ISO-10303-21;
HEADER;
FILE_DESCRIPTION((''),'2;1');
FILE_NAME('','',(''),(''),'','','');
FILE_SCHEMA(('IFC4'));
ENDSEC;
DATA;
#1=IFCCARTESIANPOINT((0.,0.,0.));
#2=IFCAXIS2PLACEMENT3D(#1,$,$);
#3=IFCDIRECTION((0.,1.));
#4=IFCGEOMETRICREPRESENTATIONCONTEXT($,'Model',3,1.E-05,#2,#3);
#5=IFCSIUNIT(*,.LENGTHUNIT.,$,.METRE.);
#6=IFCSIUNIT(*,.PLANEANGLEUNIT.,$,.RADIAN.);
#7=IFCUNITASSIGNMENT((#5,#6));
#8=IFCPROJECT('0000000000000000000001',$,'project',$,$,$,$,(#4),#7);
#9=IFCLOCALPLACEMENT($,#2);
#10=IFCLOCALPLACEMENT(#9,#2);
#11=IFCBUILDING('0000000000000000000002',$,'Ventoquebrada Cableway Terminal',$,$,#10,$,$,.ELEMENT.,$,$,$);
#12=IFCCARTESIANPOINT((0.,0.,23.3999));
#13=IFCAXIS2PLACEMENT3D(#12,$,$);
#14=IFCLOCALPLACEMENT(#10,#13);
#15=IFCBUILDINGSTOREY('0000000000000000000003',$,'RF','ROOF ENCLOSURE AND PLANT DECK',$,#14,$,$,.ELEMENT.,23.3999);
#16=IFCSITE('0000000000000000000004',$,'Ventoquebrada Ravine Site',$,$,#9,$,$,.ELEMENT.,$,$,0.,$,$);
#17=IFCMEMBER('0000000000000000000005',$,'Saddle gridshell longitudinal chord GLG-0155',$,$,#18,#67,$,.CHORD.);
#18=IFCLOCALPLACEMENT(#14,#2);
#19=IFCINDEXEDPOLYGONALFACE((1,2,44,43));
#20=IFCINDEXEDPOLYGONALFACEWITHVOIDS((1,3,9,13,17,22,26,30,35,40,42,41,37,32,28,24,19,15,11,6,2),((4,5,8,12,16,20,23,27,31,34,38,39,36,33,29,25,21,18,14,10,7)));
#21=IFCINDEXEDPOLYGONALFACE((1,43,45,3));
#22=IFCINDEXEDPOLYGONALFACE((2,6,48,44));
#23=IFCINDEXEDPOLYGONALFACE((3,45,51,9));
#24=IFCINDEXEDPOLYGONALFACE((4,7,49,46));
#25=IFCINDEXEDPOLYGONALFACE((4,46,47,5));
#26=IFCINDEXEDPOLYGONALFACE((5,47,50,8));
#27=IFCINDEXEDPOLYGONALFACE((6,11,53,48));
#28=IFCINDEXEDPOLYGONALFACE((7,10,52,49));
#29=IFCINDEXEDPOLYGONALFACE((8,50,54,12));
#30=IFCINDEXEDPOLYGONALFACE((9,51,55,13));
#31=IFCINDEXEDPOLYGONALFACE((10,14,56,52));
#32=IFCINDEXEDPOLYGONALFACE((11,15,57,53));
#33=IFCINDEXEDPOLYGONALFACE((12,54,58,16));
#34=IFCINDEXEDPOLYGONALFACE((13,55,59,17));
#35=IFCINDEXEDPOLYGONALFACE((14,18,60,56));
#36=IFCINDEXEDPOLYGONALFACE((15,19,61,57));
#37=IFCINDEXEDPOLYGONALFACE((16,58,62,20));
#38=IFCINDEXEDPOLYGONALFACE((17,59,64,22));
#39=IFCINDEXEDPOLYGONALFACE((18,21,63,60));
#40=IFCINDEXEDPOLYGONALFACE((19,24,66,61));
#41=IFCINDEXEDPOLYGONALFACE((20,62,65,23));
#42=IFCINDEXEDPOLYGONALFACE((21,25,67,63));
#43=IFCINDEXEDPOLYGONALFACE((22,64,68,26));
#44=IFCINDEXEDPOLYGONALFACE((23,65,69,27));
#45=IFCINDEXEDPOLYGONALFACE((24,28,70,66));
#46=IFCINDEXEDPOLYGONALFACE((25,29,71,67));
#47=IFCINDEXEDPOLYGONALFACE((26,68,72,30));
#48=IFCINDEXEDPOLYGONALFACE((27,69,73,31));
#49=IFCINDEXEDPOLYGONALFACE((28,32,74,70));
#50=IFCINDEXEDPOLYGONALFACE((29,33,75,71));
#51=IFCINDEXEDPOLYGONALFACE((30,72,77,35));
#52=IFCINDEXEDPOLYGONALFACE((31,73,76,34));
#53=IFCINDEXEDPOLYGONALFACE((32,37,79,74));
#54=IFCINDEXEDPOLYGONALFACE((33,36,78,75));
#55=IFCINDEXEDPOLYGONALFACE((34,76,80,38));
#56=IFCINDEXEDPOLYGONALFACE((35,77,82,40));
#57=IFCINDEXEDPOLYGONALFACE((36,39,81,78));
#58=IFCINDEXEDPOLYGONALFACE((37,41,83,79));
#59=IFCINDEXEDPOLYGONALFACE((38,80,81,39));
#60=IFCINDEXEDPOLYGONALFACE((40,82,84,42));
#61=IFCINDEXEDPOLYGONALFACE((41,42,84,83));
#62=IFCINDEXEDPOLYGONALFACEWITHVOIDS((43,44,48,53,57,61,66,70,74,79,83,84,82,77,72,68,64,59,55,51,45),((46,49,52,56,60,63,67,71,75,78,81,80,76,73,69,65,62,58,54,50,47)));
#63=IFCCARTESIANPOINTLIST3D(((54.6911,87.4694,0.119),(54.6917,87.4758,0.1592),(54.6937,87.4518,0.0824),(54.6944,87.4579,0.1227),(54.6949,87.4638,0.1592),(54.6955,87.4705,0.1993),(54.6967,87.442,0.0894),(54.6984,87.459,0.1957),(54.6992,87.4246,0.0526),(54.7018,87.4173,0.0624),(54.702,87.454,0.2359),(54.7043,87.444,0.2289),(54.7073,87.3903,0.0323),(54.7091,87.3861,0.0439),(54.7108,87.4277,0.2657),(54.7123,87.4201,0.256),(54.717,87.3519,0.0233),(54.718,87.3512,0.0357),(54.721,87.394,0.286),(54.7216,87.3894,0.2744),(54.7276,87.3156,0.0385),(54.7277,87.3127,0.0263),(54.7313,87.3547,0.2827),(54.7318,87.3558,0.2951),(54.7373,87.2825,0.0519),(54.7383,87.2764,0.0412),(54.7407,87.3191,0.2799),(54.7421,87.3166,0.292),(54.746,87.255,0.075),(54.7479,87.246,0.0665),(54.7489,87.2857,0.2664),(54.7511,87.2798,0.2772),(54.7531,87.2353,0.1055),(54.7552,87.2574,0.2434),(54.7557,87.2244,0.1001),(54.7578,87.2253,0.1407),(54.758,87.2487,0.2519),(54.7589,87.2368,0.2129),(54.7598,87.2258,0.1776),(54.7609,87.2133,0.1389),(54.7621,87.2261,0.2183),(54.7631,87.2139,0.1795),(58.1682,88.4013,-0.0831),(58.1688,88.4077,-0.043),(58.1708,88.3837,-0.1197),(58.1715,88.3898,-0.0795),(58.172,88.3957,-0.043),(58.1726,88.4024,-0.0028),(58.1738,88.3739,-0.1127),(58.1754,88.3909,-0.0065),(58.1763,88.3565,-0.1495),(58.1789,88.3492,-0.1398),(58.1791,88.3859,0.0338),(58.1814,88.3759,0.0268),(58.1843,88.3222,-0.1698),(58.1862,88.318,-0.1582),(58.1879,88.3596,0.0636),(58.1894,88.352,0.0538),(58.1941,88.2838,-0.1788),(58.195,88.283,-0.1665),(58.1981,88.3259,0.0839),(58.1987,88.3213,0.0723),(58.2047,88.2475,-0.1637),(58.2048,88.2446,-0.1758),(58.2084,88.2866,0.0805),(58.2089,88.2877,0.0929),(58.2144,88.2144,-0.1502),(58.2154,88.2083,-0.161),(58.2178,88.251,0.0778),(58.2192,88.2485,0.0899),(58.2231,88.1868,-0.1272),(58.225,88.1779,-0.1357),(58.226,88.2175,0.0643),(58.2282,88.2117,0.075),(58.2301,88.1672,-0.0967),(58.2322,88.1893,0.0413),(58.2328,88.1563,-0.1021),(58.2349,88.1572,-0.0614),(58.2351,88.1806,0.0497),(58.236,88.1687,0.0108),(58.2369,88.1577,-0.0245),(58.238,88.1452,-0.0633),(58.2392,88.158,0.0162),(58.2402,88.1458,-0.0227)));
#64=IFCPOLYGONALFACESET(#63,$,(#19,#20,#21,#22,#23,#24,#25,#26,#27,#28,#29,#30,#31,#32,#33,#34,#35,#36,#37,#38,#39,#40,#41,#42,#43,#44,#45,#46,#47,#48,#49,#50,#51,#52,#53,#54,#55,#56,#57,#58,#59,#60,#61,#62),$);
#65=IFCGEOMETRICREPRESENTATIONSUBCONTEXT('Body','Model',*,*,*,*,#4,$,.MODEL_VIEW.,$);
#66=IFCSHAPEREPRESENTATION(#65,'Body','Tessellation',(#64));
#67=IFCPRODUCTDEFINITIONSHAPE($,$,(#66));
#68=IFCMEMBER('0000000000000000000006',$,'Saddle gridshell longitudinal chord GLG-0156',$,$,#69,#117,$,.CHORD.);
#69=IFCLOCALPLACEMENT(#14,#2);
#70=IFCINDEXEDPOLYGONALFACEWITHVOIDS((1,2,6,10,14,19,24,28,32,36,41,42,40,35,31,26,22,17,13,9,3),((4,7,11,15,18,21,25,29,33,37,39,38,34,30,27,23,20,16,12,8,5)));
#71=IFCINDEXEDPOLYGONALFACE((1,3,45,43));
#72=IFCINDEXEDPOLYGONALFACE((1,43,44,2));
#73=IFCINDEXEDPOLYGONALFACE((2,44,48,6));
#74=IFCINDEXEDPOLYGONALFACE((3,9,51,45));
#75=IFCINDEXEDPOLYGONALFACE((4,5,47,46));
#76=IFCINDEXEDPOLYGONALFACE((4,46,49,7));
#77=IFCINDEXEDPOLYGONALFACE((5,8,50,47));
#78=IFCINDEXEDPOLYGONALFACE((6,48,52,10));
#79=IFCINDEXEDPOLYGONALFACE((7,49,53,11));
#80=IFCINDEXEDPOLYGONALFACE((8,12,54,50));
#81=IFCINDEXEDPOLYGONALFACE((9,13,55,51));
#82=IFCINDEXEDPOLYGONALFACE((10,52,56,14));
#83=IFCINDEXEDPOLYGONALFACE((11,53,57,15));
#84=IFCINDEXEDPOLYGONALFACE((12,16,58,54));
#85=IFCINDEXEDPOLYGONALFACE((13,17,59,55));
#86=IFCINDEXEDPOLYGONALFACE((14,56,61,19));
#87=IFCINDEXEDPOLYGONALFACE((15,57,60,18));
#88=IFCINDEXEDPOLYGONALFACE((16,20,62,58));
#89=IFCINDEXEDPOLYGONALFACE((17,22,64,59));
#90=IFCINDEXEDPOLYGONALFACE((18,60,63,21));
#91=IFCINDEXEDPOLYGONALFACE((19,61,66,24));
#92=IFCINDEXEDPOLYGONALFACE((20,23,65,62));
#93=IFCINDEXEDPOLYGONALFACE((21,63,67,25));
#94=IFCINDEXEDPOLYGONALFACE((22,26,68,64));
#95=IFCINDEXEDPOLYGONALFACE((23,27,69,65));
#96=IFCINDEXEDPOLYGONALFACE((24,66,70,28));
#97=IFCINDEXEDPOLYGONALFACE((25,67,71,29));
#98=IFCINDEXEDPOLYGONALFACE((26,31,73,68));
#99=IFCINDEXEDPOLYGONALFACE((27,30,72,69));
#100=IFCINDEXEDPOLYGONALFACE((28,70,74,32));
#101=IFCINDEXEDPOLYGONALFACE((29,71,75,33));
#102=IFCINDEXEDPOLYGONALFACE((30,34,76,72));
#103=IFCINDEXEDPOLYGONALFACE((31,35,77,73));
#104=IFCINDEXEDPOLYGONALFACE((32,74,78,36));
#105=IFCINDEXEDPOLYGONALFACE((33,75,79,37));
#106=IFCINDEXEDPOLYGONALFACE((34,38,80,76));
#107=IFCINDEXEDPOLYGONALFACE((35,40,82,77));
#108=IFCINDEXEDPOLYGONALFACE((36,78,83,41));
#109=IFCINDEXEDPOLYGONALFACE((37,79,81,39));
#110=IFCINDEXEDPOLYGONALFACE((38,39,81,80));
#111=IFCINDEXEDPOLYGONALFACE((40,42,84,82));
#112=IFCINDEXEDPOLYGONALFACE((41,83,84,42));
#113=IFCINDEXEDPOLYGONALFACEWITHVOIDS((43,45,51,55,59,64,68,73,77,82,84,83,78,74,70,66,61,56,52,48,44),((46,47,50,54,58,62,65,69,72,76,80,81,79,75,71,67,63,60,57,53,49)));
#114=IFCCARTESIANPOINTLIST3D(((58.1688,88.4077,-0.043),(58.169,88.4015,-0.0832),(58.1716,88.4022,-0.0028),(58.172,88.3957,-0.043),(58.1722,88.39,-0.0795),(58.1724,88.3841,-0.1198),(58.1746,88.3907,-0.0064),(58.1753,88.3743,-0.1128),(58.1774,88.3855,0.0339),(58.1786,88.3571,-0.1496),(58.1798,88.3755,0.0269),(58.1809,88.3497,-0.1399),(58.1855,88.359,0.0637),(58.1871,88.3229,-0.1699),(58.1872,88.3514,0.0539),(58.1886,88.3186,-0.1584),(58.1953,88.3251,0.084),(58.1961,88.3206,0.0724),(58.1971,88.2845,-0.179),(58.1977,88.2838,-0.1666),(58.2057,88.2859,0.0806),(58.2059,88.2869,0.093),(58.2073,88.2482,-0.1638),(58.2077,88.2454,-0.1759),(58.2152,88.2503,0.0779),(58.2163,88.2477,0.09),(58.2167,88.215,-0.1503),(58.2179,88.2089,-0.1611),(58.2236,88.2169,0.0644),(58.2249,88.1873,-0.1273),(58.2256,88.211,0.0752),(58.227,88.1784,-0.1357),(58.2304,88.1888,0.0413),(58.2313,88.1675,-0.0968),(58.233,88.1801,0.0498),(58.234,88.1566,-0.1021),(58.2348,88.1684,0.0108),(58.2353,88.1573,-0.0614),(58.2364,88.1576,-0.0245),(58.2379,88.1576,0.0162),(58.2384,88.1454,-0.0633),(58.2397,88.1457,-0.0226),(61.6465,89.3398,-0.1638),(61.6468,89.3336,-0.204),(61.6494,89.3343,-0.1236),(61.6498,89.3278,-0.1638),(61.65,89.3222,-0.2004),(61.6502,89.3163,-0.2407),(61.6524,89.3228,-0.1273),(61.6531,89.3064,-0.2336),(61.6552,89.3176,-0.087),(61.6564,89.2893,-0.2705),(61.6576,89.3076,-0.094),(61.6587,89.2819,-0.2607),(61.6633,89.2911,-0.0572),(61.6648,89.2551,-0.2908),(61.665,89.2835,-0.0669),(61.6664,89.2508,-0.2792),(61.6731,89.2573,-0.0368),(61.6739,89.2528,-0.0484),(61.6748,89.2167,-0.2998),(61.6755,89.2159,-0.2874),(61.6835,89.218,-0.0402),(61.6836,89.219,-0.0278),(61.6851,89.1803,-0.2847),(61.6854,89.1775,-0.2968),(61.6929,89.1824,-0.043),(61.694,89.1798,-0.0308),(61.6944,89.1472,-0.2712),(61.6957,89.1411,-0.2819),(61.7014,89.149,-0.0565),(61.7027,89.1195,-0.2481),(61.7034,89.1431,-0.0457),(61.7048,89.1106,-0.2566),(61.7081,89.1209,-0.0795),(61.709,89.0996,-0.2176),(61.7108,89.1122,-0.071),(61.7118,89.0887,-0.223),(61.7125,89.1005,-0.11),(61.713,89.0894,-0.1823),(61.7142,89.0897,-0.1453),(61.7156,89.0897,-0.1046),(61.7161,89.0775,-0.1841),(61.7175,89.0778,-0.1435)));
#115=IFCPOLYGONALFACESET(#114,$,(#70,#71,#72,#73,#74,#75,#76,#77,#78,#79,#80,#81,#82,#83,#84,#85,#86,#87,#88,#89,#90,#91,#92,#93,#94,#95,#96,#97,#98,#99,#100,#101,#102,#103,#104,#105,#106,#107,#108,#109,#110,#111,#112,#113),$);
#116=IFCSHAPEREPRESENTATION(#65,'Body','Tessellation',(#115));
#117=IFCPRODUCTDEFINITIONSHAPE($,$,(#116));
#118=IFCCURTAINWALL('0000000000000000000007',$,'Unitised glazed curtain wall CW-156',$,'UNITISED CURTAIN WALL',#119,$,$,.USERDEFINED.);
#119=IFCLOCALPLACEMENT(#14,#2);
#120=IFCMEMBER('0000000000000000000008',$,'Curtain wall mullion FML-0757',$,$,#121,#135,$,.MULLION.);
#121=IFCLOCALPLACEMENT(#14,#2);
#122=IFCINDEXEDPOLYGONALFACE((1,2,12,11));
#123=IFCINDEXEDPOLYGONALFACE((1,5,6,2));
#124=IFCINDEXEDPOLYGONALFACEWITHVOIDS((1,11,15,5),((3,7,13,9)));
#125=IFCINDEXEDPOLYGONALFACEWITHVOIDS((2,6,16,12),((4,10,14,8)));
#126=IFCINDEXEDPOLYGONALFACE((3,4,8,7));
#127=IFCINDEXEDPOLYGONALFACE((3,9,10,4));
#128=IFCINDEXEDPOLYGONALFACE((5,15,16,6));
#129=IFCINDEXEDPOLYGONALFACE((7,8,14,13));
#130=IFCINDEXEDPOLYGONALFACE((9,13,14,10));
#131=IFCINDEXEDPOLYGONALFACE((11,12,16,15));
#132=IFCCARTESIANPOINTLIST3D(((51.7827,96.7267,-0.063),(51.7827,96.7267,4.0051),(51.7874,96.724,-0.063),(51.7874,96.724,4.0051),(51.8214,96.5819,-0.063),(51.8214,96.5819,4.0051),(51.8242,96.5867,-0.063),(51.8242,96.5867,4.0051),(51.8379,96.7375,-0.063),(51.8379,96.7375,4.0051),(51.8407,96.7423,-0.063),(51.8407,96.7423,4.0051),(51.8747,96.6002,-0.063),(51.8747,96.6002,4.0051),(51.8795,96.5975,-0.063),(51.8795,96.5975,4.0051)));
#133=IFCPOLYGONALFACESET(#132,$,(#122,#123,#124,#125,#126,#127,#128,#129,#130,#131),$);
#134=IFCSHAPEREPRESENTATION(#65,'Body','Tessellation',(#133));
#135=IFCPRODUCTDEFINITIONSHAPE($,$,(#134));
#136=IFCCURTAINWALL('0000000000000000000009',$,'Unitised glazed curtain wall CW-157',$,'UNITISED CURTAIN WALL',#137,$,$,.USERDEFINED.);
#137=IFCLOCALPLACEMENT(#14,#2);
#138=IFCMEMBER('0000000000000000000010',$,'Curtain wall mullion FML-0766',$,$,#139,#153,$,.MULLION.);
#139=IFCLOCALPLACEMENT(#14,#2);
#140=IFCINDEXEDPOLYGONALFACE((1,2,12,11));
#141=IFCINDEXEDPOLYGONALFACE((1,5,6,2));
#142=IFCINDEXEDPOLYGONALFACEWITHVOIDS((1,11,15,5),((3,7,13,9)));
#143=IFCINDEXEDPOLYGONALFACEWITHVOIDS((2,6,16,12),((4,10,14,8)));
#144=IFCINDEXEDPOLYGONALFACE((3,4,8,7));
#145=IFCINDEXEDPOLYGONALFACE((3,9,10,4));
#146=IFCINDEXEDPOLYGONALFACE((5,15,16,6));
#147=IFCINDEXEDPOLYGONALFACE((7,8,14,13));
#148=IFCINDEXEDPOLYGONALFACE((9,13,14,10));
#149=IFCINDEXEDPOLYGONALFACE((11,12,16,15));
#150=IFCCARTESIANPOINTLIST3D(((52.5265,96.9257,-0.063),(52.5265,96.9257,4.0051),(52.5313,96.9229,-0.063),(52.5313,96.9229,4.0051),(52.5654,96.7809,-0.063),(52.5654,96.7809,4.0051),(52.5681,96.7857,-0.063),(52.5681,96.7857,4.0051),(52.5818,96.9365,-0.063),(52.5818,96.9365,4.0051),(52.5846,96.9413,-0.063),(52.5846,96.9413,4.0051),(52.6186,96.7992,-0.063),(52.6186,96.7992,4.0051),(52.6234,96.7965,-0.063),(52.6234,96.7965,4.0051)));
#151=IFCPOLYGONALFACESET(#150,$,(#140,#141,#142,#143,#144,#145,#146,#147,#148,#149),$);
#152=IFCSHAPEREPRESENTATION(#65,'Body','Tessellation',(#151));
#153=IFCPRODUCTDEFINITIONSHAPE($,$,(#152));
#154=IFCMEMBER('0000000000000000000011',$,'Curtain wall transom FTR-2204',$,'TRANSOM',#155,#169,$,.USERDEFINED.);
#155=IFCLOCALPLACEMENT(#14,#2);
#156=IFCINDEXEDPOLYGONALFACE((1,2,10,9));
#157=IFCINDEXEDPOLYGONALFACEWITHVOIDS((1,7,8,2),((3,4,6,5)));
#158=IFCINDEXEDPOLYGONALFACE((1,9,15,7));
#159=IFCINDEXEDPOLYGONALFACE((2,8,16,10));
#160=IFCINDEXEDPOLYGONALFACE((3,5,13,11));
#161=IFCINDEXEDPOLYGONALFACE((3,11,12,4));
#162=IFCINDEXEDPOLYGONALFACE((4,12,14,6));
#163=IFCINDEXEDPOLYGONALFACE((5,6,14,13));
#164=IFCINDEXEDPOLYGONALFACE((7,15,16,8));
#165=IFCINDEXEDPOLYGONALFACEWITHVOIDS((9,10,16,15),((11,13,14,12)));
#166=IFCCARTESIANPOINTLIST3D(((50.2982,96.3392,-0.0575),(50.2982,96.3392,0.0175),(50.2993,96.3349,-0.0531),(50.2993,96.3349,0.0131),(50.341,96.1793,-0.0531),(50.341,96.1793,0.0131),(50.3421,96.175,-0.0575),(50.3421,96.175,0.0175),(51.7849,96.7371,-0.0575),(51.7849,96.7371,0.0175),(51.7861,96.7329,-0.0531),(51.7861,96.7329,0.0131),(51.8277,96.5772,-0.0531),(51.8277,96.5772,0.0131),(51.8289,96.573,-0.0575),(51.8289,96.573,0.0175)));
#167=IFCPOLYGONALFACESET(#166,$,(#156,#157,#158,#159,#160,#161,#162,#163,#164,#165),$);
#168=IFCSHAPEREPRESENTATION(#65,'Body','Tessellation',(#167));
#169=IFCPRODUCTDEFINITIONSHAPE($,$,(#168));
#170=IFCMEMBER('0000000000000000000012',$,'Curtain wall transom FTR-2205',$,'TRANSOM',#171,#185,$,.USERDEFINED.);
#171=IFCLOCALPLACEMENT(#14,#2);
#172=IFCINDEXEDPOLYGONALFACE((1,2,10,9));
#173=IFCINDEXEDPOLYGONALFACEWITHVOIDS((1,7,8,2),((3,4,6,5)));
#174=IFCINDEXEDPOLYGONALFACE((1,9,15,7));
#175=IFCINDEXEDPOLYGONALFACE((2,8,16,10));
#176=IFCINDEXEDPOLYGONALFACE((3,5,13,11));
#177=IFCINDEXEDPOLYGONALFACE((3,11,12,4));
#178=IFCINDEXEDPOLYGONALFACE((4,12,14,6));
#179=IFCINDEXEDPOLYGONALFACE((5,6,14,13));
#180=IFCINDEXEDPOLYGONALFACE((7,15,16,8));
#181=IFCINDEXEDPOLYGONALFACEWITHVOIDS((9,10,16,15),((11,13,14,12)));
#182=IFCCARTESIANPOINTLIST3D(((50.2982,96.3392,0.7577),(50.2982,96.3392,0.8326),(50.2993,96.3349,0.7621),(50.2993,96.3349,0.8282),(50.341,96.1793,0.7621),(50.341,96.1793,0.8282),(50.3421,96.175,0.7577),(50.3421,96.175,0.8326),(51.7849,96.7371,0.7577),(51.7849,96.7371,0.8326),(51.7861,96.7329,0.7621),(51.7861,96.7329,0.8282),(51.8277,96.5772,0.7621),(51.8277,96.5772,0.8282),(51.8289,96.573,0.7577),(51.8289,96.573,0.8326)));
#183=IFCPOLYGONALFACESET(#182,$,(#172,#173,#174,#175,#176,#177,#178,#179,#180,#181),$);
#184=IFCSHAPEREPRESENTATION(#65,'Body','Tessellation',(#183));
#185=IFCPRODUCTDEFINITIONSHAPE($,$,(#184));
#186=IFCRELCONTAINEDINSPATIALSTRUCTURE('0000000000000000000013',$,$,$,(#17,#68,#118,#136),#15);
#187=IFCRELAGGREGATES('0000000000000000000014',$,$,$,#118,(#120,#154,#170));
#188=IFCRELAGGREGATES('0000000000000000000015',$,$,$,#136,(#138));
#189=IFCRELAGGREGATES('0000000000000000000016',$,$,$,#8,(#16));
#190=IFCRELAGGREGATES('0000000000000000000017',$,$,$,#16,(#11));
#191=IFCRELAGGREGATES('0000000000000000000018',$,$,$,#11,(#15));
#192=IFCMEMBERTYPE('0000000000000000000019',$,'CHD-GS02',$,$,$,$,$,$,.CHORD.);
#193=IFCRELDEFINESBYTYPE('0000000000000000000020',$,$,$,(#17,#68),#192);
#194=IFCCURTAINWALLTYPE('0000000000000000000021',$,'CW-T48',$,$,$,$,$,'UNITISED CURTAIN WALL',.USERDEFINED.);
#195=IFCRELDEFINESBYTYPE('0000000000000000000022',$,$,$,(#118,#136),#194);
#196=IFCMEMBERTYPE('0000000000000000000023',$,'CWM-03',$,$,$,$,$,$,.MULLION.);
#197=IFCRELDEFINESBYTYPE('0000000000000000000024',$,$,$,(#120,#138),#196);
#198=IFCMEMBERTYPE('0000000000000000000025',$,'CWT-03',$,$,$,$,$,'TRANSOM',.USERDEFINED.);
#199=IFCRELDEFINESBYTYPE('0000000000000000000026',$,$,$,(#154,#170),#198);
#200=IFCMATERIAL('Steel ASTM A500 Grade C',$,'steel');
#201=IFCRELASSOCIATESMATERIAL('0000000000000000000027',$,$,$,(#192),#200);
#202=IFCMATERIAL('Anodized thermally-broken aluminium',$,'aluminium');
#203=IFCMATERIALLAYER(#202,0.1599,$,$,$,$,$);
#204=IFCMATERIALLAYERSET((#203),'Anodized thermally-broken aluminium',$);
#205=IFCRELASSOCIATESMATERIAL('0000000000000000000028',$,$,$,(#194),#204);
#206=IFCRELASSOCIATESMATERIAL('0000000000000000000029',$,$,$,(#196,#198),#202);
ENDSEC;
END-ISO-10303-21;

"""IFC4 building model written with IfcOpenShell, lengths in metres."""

from ifc_helpers import new_model, si_unit, direction, frame, origin, origin_2d, place, context, subcontext, project, spatial, hollow_rectangle, hollow_circle, extrude, material, layer, layer_set, material_profile, profile_set, type_object, element, aggregate, save


model = new_model("IFC4")

# Units and contexts
model_context = context("Model", 3, precision=1e-05, world=origin(), true_north=direction((0.0, 1.0)))
body_context = subcontext(model_context, "Body", "Model", "MODEL_VIEW")
ifc_project = project(units=[si_unit("LENGTHUNIT", "METRE"), si_unit("PLANEANGLEUNIT", "RADIAN")], contexts=[model_context])

# Site, building, storey
site_placement = place(None, origin())
site = spatial("IfcSite", under=ifc_project, at=site_placement, Name="Ventoquebrada Ravine Site", CompositionType="ELEMENT", RefElevation=0.0)
building_placement = place(site_placement, origin())
building = spatial("IfcBuilding", under=site, at=building_placement, Name="Ventoquebrada Cableway Terminal", CompositionType="ELEMENT")
storey_placement = place(building_placement, frame((0.0, 0.0, 23.3999)))
storey = spatial("IfcBuildingStorey", under=building, at=storey_placement, Name="RF", Description="ROOF ENCLOSURE AND PLANT DECK", CompositionType="ELEMENT", Elevation=23.3999)

# Members
ifc_material_1 = material(Name="Steel ASTM A500 Grade C", Category="steel")
ifc_material_profile_1 = material_profile(ifc_material_1, hollow_circle(Radius=0.1365, WallThickness=0.0125, at=origin_2d()), Name="CHS273.0X12.5")
ifc_profile_set_1 = profile_set([ifc_material_profile_1], Name="Steel ASTM A500 Grade C")
member_type_1 = type_object("IfcMemberType", Name="CHD-GS02", PredefinedType="CHORD", material=ifc_profile_set_1)
member_1_placement = place(storey_placement, frame((54.7271, 87.344, 0.1592), z_axis=(0.964392, 0.258467, -0.056068), x_axis=(-0.258874, 0.965911, 0.0)))
element("IfcMember", 1, at=member_1_placement, inside=storey, type_object=member_type_1, Name="Saddle gridshell longitudinal chord GLG-0155", PredefinedType="CHORD", context=body_context, shape_type="SweptSolid", body=[
    extrude(hollow_circle(Radius=0.1365, WallThickness=0.0125, at=origin_2d()), origin(), (0.0, 0.0, 1.0), 3.6055),
])
member_2_placement = place(storey_placement, frame((58.2041, 88.2759, -0.043), z_axis=(0.965364, 0.258741, -0.033545), x_axis=(-0.258886, 0.965908, 0.0)))
element("IfcMember", 2, at=member_2_placement, inside=storey, type_object=member_type_1, Name="Saddle gridshell longitudinal chord GLG-0156", PredefinedType="CHORD", context=body_context, shape_type="SweptSolid", body=[
    extrude(hollow_circle(Radius=0.1365, WallThickness=0.0125, at=origin_2d()), origin(), (0.0, 0.0, 1.0), 3.6025),
])

# Curtain walls, members
ifc_material_2 = material(Name="Anodized thermally-broken aluminium", Category="aluminium")
ifc_layer_1 = layer(ifc_material_2, 0.1599)
ifc_layer_set_1 = layer_set([ifc_layer_1], Name="Anodized thermally-broken aluminium")
curtain_wall_type = type_object("IfcCurtainWallType", Name="CW-T48", ElementType="UNITISED CURTAIN WALL", PredefinedType="USERDEFINED", material=ifc_layer_set_1)
curtain_wall_1_placement = place(storey_placement, origin())
curtain_wall_1 = element("IfcCurtainWall", 3, at=curtain_wall_1_placement, inside=storey, type_object=curtain_wall_type, Name="Unitised glazed curtain wall CW-156", ObjectType="UNITISED CURTAIN WALL", PredefinedType="USERDEFINED")
ifc_material_profile_2 = material_profile(ifc_material_2, hollow_rectangle(XDim=0.0601, YDim=0.1499, WallThickness=0.0039, at=origin_2d()), Name="CW-MUL-60X150")
ifc_profile_set_2 = profile_set([ifc_material_profile_2], Name="Anodized thermally-broken aluminium")
member_type_2 = type_object("IfcMemberType", Name="CWM-03", PredefinedType="MULLION", material=ifc_profile_set_2)
member_3_placement = place(storey_placement, frame((51.8311, 96.6621, -0.063), z_axis=(0.0, 0.0, 1.0), x_axis=(-0.965935, -0.258785, 0.0)))
member_3 = element("IfcMember", 4, at=member_3_placement, type_object=member_type_2, Name="Curtain wall mullion FML-0757", PredefinedType="MULLION", context=body_context, shape_type="SweptSolid", body=[
    extrude(hollow_rectangle(XDim=0.0601, YDim=0.1499, WallThickness=0.0039, at=origin_2d()), origin(), (0.0, 0.0, 1.0), 4.0681),
])
curtain_wall_2_placement = place(storey_placement, origin())
curtain_wall_2 = element("IfcCurtainWall", 5, at=curtain_wall_2_placement, inside=storey, type_object=curtain_wall_type, Name="Unitised glazed curtain wall CW-157", ObjectType="UNITISED CURTAIN WALL", PredefinedType="USERDEFINED")
member_4_placement = place(storey_placement, frame((52.575, 96.8611, -0.063), z_axis=(0.0, 0.0, 1.0), x_axis=(-0.965903, -0.258903, 0.0)))
member_4 = element("IfcMember", 6, at=member_4_placement, type_object=member_type_2, Name="Curtain wall mullion FML-0766", PredefinedType="MULLION", context=body_context, shape_type="SweptSolid", body=[
    extrude(hollow_rectangle(XDim=0.0601, YDim=0.1499, WallThickness=0.0039, at=origin_2d()), origin(), (0.0, 0.0, 1.0), 4.0681),
])

# Members
ifc_material_profile_3 = material_profile(ifc_material_2, hollow_rectangle(XDim=0.075, YDim=0.1699, WallThickness=0.0044, at=origin_2d()), Name="CW-TRN-75X170")
ifc_profile_set_3 = profile_set([ifc_material_profile_3], Name="Anodized thermally-broken aluminium")
member_type_3 = type_object("IfcMemberType", Name="CWT-03", ElementType="TRANSOM", PredefinedType="USERDEFINED", material=ifc_profile_set_3)
member_5_placement = place(storey_placement, frame((51.8069, 96.655, -0.02), z_axis=(-0.965998, -0.258551, 0.0), x_axis=(0.0, 0.0, 1.0)))
member_5 = element("IfcMember", 7, at=member_5_placement, type_object=member_type_3, Name="Curtain wall transom FTR-2204", ObjectType="TRANSOM", PredefinedType="USERDEFINED", context=body_context, shape_type="SweptSolid", body=[
    extrude(hollow_rectangle(XDim=0.075, YDim=0.1699, WallThickness=0.0044, at=origin_2d()), origin(), (0.0, 0.0, 1.0), 1.5391),
])
member_6_placement = place(storey_placement, frame((51.8069, 96.655, 0.7952), z_axis=(-0.965998, -0.258551, 0.0), x_axis=(0.0, 0.0, 1.0)))
member_6 = element("IfcMember", 8, at=member_6_placement, type_object=member_type_3, Name="Curtain wall transom FTR-2205", ObjectType="TRANSOM", PredefinedType="USERDEFINED", context=body_context, shape_type="SweptSolid", body=[
    extrude(hollow_rectangle(XDim=0.075, YDim=0.1699, WallThickness=0.0044, at=origin_2d()), origin(), (0.0, 0.0, 1.0), 1.5391),
])
aggregate(curtain_wall_1, [member_3, member_5, member_6])

aggregate(curtain_wall_2, [member_4])

save(model, "model.ifc")
